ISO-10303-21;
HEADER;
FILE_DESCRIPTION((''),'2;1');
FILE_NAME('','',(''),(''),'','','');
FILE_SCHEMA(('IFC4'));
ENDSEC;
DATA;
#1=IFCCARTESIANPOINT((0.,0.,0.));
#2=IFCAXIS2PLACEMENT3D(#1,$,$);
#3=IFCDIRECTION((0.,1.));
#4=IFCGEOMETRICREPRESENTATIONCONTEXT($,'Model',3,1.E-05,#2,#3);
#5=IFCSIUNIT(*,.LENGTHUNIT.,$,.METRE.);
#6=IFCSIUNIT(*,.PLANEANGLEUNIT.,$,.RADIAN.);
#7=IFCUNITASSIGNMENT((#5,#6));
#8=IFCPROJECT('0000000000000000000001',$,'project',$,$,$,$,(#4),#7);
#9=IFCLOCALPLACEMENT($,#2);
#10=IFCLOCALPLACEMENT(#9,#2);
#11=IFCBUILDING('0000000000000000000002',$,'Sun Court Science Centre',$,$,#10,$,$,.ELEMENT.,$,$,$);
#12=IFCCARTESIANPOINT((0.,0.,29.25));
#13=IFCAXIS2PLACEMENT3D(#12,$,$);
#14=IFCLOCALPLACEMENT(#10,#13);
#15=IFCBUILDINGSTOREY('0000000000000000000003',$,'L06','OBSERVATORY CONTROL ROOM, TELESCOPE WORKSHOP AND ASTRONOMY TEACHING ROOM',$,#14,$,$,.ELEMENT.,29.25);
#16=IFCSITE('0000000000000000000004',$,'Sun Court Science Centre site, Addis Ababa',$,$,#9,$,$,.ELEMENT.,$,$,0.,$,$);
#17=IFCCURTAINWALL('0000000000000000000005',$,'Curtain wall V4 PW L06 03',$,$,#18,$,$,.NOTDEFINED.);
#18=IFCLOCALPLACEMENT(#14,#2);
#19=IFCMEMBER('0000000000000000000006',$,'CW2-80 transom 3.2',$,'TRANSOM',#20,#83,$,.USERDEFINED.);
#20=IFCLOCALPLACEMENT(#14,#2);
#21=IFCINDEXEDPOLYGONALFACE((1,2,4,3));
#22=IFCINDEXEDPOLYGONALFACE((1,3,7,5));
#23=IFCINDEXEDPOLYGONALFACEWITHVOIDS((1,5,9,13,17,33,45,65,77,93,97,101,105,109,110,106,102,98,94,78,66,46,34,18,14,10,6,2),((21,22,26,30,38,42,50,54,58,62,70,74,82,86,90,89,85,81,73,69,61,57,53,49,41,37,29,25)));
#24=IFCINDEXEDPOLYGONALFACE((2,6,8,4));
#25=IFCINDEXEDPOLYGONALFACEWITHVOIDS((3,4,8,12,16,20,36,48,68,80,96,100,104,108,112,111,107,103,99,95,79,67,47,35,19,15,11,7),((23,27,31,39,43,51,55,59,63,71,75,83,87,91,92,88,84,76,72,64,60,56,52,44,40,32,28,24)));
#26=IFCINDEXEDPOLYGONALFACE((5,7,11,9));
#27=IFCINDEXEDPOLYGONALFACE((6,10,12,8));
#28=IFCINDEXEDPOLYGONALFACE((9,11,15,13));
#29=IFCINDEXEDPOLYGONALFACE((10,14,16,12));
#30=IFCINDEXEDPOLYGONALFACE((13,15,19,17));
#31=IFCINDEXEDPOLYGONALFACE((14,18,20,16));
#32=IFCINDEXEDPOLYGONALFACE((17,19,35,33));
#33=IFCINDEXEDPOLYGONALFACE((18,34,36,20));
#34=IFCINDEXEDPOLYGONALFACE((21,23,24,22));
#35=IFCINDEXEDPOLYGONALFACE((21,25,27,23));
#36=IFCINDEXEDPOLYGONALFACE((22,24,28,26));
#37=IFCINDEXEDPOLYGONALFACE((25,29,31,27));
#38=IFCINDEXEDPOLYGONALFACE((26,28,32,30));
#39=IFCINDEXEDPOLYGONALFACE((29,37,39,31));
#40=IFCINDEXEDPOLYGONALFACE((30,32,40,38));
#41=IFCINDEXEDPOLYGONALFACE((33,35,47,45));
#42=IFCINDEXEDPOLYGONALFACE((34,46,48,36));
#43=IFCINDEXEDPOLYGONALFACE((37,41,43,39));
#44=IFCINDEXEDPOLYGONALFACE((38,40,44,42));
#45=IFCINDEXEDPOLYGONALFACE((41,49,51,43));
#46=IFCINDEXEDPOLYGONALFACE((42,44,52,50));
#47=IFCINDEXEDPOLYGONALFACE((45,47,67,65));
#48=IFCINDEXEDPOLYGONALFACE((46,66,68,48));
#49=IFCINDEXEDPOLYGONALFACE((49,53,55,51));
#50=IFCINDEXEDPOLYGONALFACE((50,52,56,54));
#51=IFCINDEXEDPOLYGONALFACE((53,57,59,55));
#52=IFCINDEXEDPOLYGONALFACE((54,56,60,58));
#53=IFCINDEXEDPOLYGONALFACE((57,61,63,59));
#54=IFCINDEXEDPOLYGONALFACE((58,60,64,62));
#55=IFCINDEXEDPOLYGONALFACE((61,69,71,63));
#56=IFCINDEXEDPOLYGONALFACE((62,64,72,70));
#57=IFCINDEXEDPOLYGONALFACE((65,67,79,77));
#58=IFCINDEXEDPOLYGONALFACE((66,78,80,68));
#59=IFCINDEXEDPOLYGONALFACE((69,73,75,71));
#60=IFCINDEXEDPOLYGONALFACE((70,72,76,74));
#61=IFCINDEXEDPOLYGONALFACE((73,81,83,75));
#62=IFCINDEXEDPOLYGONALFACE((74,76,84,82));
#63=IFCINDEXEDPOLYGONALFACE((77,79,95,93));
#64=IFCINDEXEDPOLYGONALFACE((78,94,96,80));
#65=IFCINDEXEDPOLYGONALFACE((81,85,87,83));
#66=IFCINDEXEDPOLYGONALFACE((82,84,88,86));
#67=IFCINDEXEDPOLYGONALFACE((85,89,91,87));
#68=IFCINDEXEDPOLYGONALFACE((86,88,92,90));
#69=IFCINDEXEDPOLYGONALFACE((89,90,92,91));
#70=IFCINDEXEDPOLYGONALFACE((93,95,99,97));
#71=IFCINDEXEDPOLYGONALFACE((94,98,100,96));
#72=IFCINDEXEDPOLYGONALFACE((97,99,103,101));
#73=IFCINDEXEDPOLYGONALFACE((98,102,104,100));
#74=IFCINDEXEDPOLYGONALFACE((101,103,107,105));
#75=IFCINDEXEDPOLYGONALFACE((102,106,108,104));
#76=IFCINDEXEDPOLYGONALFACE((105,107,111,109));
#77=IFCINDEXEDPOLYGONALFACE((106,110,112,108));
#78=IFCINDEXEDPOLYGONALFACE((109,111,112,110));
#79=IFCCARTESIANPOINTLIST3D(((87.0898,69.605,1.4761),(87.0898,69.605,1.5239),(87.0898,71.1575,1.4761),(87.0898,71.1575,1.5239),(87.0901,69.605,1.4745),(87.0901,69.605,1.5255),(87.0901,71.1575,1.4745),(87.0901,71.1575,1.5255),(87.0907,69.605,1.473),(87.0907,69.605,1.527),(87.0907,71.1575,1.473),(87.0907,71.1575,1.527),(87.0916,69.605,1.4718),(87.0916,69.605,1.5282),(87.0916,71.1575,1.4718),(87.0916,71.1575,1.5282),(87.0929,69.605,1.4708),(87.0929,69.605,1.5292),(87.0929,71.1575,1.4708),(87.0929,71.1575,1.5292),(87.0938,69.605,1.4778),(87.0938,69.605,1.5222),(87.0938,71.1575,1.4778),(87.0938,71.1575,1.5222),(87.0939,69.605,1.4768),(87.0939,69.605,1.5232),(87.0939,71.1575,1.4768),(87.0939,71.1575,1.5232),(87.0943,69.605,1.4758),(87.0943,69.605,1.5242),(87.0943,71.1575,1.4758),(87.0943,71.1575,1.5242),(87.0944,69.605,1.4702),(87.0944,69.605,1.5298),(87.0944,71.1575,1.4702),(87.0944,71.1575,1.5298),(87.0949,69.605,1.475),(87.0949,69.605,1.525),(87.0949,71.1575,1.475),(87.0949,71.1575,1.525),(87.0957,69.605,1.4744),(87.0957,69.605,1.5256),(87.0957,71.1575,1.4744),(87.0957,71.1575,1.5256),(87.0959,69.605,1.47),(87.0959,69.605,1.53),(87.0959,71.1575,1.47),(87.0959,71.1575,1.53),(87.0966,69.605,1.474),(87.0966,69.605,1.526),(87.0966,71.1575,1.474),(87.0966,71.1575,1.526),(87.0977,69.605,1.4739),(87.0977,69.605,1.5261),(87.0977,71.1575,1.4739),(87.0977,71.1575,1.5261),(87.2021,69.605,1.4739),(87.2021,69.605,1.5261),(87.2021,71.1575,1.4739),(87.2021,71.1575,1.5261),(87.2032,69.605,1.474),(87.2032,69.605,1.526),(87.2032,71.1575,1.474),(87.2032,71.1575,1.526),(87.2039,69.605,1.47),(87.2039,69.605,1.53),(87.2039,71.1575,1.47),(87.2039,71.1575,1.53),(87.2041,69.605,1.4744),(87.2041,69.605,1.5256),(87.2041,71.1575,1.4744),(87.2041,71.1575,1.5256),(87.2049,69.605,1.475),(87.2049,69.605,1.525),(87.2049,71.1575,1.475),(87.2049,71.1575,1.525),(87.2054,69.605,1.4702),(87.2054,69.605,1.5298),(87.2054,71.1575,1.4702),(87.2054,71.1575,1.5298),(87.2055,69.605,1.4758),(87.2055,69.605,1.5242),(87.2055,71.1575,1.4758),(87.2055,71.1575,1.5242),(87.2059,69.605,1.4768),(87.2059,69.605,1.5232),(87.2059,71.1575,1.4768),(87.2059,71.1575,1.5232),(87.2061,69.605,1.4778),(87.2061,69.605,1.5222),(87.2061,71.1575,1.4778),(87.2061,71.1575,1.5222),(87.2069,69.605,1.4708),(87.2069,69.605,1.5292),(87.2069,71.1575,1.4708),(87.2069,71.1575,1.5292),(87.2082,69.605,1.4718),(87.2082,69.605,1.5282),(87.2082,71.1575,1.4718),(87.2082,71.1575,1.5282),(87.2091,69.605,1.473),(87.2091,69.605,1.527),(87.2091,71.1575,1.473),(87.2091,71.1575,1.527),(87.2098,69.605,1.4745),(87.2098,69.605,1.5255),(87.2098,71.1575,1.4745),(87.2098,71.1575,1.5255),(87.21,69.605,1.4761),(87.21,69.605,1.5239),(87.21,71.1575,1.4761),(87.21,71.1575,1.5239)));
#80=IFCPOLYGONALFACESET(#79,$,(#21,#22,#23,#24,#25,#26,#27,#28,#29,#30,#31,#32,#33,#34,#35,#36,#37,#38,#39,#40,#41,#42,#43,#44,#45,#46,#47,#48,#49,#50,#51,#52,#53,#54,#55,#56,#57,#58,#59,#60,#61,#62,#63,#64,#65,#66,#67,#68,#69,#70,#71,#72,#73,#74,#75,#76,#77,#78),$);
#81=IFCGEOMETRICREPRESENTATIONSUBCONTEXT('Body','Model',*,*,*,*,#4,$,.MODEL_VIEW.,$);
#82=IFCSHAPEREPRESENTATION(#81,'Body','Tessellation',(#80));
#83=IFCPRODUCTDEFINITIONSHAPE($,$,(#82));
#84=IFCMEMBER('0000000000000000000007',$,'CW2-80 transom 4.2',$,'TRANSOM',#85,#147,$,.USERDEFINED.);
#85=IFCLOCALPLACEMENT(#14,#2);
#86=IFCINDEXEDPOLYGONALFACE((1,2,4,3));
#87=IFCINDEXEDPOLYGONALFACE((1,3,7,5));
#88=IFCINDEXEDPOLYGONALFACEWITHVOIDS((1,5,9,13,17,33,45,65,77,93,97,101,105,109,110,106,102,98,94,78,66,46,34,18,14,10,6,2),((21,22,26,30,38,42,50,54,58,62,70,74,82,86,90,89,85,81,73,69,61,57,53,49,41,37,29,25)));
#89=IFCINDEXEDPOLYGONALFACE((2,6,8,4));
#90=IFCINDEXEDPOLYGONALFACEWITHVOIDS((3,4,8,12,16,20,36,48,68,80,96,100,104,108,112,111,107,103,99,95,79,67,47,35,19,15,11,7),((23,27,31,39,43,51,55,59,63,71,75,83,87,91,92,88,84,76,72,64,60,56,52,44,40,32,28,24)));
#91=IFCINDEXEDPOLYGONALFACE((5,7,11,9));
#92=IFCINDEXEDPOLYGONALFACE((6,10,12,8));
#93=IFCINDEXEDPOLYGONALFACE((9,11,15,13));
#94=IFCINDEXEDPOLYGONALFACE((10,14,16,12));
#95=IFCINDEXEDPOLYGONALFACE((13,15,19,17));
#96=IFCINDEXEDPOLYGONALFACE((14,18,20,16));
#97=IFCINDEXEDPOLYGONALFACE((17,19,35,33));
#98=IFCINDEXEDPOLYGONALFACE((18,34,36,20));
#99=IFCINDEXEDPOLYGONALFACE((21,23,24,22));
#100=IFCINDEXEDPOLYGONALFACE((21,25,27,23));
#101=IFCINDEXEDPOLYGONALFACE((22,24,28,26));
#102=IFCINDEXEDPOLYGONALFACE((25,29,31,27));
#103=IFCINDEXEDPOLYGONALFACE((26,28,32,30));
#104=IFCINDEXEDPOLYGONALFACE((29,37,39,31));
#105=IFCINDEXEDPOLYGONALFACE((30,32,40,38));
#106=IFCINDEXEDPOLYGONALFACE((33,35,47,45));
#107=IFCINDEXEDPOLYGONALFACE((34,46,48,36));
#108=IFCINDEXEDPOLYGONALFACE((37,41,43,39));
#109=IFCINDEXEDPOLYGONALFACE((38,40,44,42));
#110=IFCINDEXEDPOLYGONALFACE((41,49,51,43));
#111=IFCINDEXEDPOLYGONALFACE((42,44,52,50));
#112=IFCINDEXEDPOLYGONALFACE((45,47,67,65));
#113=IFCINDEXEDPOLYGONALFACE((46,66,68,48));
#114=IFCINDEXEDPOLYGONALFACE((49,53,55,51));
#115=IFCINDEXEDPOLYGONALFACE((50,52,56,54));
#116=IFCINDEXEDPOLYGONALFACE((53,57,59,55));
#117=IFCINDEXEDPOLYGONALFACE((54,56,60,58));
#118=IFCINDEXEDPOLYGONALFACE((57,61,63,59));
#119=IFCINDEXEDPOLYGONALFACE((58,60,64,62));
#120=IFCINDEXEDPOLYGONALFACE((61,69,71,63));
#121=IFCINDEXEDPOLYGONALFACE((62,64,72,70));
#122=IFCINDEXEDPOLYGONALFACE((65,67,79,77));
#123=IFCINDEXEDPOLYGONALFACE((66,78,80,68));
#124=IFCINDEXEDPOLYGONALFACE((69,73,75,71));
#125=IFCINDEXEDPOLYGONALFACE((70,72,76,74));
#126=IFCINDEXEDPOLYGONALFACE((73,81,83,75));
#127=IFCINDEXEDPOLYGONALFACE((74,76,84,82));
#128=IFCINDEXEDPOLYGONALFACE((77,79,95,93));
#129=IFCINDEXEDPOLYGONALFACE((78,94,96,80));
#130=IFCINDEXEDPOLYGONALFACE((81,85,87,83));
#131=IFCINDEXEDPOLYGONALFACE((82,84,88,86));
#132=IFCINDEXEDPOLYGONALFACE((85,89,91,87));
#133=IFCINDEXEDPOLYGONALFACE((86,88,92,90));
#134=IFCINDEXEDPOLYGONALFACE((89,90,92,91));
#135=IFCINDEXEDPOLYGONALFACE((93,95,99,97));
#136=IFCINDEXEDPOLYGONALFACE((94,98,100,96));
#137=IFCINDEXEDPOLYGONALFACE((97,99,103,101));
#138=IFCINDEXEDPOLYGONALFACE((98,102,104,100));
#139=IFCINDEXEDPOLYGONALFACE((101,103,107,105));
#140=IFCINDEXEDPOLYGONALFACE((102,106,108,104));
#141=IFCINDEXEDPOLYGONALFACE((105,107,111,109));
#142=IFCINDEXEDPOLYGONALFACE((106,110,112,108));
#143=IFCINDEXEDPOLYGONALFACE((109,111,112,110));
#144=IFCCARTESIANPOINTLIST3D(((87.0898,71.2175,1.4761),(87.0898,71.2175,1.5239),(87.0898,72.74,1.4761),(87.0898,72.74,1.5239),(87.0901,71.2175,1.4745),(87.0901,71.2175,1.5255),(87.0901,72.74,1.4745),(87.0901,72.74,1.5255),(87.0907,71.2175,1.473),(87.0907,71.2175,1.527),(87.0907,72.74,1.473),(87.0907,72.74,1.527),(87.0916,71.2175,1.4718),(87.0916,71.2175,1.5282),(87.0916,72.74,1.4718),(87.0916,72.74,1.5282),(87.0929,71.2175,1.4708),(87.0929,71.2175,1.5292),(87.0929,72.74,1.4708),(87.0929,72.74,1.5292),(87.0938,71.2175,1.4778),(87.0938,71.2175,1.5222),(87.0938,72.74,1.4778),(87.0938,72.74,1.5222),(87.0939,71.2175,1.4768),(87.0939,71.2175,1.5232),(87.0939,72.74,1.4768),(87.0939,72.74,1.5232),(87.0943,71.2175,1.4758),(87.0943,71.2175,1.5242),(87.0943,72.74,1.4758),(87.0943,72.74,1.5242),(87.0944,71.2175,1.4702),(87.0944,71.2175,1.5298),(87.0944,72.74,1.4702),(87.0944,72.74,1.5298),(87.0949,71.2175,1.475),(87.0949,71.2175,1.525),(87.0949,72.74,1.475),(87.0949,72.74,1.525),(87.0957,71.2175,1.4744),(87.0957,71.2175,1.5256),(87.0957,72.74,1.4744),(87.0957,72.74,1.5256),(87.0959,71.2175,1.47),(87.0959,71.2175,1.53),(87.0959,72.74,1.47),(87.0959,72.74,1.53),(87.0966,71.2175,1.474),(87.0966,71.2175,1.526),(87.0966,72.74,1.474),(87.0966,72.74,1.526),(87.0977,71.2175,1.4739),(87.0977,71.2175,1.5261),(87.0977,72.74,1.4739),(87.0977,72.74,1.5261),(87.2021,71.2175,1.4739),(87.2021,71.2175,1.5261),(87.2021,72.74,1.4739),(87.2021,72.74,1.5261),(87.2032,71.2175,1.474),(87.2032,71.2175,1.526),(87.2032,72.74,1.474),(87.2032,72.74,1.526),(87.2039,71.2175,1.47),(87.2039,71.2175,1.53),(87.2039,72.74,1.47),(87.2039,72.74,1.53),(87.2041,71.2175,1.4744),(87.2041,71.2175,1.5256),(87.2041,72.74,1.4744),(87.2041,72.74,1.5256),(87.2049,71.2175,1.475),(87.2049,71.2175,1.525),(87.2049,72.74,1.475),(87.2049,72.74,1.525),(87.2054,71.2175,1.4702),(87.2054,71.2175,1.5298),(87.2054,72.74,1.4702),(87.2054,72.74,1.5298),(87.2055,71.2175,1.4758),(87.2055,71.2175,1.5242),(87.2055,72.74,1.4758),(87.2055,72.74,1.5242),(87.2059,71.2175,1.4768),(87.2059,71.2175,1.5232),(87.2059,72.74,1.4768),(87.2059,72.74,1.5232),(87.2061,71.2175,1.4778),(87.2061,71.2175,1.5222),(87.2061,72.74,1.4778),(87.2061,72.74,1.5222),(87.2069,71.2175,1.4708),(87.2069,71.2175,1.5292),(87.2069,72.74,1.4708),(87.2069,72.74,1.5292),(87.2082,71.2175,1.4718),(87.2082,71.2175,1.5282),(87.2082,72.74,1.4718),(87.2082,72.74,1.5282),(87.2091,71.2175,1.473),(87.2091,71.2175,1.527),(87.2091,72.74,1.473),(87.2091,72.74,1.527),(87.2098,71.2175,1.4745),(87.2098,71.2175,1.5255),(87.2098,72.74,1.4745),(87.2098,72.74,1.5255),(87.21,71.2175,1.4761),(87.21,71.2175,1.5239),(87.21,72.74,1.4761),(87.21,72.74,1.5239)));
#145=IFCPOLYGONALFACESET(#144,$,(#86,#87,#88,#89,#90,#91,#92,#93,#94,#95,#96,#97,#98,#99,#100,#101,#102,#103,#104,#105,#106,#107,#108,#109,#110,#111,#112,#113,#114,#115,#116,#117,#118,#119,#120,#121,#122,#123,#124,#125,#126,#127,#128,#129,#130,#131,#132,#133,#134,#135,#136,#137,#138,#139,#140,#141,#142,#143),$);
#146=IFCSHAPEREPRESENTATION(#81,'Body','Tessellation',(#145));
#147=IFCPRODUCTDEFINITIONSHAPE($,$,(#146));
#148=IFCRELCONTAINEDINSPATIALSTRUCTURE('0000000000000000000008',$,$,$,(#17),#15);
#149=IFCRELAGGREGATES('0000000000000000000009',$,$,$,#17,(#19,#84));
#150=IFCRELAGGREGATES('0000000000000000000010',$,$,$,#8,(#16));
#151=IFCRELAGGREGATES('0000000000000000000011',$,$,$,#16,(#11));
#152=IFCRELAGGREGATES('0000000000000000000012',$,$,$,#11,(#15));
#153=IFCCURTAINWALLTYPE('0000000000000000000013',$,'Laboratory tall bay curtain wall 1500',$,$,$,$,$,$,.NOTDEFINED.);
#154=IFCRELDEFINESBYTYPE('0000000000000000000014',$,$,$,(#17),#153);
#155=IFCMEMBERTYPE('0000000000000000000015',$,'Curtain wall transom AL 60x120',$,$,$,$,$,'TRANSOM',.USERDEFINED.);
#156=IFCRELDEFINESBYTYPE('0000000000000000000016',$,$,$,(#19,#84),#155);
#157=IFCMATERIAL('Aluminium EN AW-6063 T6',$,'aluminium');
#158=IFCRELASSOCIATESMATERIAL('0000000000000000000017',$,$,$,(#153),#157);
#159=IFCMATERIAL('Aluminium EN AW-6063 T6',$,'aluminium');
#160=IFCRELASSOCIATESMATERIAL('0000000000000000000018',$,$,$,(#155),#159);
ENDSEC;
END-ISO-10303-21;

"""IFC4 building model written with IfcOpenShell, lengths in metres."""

from ifc_helpers import new_model, si_unit, direction, frame, origin, origin_2d, place, context, subcontext, project, spatial, hollow_rectangle, extrude, material, material_profile, profile_set, type_object, element, aggregate, save


model = new_model("IFC4")

# Units and contexts
model_context = context("Model", 3, precision=1e-05, world=origin(), true_north=direction((0.0, 1.0)))
body_context = subcontext(model_context, "Body", "Model", "MODEL_VIEW")
ifc_project = project(units=[si_unit("LENGTHUNIT", "METRE"), si_unit("PLANEANGLEUNIT", "RADIAN")], contexts=[model_context])

# Site, building, storey
site_placement = place(None, origin())
site = spatial("IfcSite", under=ifc_project, at=site_placement, Name="Sun Court Science Centre site, Addis Ababa", CompositionType="ELEMENT", RefElevation=0.0)
building_placement = place(site_placement, origin())
building = spatial("IfcBuilding", under=site, at=building_placement, Name="Sun Court Science Centre", CompositionType="ELEMENT")
storey_placement = place(building_placement, frame((0.0, 0.0, 29.25)))
storey = spatial("IfcBuildingStorey", under=building, at=storey_placement, Name="L06", Description="OBSERVATORY CONTROL ROOM, TELESCOPE WORKSHOP AND ASTRONOMY TEACHING ROOM", CompositionType="ELEMENT", Elevation=29.25)

# Curtain wall, members
ifc_material_1 = material(Name="Aluminium EN AW-6063 T6", Category="aluminium")
curtain_wall_type = type_object("IfcCurtainWallType", Name="Laboratory tall bay curtain wall 1500", PredefinedType="NOTDEFINED", material=ifc_material_1)
curtain_wall_placement = place(storey_placement, origin())
curtain_wall = element("IfcCurtainWall", 1, at=curtain_wall_placement, inside=storey, type_object=curtain_wall_type, Name="Curtain wall V4 PW L06 03", PredefinedType="NOTDEFINED")
ifc_material_2 = material(Name="Aluminium EN AW-6063 T6", Category="aluminium")
ifc_material_profile_1 = material_profile(ifc_material_2, hollow_rectangle(XDim=0.0601, YDim=0.1201, WallThickness=0.0039, InnerFilletRadius=0.0039, OuterFilletRadius=0.0061, at=origin_2d()), Name="AL 60x120x4")
ifc_profile_set_1 = profile_set([ifc_material_profile_1], Name="Aluminium EN AW-6063 T6")
member_type_1 = type_object("IfcMemberType", Name="Curtain wall transom AL 60x120", ElementType="TRANSOM", PredefinedType="USERDEFINED", material=ifc_profile_set_1)
member_1_placement = place(storey_placement, frame((87.1499, 69.605, 1.5), z_axis=(0.0, 1.0, 0.0), x_axis=(0.0, 0.0, 1.0)))
member_1 = element("IfcMember", 2, at=member_1_placement, type_object=member_type_1, Name="CW2-80 transom 3.2", ObjectType="TRANSOM", PredefinedType="USERDEFINED", context=body_context, shape_type="SweptSolid", body=[
    extrude(hollow_rectangle(XDim=0.0601, YDim=0.1201, WallThickness=0.0039, InnerFilletRadius=0.0039, OuterFilletRadius=0.0061, at=origin_2d()), origin(), (0.0, 0.0, 1.0), 1.5525),
])
member_2_placement = place(storey_placement, frame((87.1499, 71.2175, 1.5), z_axis=(0.0, 1.0, 0.0), x_axis=(0.0, 0.0, 1.0)))
member_2 = element("IfcMember", 3, at=member_2_placement, type_object=member_type_1, Name="CW2-80 transom 4.2", ObjectType="TRANSOM", PredefinedType="USERDEFINED", context=body_context, shape_type="SweptSolid", body=[
    extrude(hollow_rectangle(XDim=0.0601, YDim=0.1201, WallThickness=0.0039, InnerFilletRadius=0.0039, OuterFilletRadius=0.0061, at=origin_2d()), origin(), (0.0, 0.0, 1.0), 1.5225),
])

aggregate(curtain_wall, [member_1, member_2])

save(model, "model.ifc")
